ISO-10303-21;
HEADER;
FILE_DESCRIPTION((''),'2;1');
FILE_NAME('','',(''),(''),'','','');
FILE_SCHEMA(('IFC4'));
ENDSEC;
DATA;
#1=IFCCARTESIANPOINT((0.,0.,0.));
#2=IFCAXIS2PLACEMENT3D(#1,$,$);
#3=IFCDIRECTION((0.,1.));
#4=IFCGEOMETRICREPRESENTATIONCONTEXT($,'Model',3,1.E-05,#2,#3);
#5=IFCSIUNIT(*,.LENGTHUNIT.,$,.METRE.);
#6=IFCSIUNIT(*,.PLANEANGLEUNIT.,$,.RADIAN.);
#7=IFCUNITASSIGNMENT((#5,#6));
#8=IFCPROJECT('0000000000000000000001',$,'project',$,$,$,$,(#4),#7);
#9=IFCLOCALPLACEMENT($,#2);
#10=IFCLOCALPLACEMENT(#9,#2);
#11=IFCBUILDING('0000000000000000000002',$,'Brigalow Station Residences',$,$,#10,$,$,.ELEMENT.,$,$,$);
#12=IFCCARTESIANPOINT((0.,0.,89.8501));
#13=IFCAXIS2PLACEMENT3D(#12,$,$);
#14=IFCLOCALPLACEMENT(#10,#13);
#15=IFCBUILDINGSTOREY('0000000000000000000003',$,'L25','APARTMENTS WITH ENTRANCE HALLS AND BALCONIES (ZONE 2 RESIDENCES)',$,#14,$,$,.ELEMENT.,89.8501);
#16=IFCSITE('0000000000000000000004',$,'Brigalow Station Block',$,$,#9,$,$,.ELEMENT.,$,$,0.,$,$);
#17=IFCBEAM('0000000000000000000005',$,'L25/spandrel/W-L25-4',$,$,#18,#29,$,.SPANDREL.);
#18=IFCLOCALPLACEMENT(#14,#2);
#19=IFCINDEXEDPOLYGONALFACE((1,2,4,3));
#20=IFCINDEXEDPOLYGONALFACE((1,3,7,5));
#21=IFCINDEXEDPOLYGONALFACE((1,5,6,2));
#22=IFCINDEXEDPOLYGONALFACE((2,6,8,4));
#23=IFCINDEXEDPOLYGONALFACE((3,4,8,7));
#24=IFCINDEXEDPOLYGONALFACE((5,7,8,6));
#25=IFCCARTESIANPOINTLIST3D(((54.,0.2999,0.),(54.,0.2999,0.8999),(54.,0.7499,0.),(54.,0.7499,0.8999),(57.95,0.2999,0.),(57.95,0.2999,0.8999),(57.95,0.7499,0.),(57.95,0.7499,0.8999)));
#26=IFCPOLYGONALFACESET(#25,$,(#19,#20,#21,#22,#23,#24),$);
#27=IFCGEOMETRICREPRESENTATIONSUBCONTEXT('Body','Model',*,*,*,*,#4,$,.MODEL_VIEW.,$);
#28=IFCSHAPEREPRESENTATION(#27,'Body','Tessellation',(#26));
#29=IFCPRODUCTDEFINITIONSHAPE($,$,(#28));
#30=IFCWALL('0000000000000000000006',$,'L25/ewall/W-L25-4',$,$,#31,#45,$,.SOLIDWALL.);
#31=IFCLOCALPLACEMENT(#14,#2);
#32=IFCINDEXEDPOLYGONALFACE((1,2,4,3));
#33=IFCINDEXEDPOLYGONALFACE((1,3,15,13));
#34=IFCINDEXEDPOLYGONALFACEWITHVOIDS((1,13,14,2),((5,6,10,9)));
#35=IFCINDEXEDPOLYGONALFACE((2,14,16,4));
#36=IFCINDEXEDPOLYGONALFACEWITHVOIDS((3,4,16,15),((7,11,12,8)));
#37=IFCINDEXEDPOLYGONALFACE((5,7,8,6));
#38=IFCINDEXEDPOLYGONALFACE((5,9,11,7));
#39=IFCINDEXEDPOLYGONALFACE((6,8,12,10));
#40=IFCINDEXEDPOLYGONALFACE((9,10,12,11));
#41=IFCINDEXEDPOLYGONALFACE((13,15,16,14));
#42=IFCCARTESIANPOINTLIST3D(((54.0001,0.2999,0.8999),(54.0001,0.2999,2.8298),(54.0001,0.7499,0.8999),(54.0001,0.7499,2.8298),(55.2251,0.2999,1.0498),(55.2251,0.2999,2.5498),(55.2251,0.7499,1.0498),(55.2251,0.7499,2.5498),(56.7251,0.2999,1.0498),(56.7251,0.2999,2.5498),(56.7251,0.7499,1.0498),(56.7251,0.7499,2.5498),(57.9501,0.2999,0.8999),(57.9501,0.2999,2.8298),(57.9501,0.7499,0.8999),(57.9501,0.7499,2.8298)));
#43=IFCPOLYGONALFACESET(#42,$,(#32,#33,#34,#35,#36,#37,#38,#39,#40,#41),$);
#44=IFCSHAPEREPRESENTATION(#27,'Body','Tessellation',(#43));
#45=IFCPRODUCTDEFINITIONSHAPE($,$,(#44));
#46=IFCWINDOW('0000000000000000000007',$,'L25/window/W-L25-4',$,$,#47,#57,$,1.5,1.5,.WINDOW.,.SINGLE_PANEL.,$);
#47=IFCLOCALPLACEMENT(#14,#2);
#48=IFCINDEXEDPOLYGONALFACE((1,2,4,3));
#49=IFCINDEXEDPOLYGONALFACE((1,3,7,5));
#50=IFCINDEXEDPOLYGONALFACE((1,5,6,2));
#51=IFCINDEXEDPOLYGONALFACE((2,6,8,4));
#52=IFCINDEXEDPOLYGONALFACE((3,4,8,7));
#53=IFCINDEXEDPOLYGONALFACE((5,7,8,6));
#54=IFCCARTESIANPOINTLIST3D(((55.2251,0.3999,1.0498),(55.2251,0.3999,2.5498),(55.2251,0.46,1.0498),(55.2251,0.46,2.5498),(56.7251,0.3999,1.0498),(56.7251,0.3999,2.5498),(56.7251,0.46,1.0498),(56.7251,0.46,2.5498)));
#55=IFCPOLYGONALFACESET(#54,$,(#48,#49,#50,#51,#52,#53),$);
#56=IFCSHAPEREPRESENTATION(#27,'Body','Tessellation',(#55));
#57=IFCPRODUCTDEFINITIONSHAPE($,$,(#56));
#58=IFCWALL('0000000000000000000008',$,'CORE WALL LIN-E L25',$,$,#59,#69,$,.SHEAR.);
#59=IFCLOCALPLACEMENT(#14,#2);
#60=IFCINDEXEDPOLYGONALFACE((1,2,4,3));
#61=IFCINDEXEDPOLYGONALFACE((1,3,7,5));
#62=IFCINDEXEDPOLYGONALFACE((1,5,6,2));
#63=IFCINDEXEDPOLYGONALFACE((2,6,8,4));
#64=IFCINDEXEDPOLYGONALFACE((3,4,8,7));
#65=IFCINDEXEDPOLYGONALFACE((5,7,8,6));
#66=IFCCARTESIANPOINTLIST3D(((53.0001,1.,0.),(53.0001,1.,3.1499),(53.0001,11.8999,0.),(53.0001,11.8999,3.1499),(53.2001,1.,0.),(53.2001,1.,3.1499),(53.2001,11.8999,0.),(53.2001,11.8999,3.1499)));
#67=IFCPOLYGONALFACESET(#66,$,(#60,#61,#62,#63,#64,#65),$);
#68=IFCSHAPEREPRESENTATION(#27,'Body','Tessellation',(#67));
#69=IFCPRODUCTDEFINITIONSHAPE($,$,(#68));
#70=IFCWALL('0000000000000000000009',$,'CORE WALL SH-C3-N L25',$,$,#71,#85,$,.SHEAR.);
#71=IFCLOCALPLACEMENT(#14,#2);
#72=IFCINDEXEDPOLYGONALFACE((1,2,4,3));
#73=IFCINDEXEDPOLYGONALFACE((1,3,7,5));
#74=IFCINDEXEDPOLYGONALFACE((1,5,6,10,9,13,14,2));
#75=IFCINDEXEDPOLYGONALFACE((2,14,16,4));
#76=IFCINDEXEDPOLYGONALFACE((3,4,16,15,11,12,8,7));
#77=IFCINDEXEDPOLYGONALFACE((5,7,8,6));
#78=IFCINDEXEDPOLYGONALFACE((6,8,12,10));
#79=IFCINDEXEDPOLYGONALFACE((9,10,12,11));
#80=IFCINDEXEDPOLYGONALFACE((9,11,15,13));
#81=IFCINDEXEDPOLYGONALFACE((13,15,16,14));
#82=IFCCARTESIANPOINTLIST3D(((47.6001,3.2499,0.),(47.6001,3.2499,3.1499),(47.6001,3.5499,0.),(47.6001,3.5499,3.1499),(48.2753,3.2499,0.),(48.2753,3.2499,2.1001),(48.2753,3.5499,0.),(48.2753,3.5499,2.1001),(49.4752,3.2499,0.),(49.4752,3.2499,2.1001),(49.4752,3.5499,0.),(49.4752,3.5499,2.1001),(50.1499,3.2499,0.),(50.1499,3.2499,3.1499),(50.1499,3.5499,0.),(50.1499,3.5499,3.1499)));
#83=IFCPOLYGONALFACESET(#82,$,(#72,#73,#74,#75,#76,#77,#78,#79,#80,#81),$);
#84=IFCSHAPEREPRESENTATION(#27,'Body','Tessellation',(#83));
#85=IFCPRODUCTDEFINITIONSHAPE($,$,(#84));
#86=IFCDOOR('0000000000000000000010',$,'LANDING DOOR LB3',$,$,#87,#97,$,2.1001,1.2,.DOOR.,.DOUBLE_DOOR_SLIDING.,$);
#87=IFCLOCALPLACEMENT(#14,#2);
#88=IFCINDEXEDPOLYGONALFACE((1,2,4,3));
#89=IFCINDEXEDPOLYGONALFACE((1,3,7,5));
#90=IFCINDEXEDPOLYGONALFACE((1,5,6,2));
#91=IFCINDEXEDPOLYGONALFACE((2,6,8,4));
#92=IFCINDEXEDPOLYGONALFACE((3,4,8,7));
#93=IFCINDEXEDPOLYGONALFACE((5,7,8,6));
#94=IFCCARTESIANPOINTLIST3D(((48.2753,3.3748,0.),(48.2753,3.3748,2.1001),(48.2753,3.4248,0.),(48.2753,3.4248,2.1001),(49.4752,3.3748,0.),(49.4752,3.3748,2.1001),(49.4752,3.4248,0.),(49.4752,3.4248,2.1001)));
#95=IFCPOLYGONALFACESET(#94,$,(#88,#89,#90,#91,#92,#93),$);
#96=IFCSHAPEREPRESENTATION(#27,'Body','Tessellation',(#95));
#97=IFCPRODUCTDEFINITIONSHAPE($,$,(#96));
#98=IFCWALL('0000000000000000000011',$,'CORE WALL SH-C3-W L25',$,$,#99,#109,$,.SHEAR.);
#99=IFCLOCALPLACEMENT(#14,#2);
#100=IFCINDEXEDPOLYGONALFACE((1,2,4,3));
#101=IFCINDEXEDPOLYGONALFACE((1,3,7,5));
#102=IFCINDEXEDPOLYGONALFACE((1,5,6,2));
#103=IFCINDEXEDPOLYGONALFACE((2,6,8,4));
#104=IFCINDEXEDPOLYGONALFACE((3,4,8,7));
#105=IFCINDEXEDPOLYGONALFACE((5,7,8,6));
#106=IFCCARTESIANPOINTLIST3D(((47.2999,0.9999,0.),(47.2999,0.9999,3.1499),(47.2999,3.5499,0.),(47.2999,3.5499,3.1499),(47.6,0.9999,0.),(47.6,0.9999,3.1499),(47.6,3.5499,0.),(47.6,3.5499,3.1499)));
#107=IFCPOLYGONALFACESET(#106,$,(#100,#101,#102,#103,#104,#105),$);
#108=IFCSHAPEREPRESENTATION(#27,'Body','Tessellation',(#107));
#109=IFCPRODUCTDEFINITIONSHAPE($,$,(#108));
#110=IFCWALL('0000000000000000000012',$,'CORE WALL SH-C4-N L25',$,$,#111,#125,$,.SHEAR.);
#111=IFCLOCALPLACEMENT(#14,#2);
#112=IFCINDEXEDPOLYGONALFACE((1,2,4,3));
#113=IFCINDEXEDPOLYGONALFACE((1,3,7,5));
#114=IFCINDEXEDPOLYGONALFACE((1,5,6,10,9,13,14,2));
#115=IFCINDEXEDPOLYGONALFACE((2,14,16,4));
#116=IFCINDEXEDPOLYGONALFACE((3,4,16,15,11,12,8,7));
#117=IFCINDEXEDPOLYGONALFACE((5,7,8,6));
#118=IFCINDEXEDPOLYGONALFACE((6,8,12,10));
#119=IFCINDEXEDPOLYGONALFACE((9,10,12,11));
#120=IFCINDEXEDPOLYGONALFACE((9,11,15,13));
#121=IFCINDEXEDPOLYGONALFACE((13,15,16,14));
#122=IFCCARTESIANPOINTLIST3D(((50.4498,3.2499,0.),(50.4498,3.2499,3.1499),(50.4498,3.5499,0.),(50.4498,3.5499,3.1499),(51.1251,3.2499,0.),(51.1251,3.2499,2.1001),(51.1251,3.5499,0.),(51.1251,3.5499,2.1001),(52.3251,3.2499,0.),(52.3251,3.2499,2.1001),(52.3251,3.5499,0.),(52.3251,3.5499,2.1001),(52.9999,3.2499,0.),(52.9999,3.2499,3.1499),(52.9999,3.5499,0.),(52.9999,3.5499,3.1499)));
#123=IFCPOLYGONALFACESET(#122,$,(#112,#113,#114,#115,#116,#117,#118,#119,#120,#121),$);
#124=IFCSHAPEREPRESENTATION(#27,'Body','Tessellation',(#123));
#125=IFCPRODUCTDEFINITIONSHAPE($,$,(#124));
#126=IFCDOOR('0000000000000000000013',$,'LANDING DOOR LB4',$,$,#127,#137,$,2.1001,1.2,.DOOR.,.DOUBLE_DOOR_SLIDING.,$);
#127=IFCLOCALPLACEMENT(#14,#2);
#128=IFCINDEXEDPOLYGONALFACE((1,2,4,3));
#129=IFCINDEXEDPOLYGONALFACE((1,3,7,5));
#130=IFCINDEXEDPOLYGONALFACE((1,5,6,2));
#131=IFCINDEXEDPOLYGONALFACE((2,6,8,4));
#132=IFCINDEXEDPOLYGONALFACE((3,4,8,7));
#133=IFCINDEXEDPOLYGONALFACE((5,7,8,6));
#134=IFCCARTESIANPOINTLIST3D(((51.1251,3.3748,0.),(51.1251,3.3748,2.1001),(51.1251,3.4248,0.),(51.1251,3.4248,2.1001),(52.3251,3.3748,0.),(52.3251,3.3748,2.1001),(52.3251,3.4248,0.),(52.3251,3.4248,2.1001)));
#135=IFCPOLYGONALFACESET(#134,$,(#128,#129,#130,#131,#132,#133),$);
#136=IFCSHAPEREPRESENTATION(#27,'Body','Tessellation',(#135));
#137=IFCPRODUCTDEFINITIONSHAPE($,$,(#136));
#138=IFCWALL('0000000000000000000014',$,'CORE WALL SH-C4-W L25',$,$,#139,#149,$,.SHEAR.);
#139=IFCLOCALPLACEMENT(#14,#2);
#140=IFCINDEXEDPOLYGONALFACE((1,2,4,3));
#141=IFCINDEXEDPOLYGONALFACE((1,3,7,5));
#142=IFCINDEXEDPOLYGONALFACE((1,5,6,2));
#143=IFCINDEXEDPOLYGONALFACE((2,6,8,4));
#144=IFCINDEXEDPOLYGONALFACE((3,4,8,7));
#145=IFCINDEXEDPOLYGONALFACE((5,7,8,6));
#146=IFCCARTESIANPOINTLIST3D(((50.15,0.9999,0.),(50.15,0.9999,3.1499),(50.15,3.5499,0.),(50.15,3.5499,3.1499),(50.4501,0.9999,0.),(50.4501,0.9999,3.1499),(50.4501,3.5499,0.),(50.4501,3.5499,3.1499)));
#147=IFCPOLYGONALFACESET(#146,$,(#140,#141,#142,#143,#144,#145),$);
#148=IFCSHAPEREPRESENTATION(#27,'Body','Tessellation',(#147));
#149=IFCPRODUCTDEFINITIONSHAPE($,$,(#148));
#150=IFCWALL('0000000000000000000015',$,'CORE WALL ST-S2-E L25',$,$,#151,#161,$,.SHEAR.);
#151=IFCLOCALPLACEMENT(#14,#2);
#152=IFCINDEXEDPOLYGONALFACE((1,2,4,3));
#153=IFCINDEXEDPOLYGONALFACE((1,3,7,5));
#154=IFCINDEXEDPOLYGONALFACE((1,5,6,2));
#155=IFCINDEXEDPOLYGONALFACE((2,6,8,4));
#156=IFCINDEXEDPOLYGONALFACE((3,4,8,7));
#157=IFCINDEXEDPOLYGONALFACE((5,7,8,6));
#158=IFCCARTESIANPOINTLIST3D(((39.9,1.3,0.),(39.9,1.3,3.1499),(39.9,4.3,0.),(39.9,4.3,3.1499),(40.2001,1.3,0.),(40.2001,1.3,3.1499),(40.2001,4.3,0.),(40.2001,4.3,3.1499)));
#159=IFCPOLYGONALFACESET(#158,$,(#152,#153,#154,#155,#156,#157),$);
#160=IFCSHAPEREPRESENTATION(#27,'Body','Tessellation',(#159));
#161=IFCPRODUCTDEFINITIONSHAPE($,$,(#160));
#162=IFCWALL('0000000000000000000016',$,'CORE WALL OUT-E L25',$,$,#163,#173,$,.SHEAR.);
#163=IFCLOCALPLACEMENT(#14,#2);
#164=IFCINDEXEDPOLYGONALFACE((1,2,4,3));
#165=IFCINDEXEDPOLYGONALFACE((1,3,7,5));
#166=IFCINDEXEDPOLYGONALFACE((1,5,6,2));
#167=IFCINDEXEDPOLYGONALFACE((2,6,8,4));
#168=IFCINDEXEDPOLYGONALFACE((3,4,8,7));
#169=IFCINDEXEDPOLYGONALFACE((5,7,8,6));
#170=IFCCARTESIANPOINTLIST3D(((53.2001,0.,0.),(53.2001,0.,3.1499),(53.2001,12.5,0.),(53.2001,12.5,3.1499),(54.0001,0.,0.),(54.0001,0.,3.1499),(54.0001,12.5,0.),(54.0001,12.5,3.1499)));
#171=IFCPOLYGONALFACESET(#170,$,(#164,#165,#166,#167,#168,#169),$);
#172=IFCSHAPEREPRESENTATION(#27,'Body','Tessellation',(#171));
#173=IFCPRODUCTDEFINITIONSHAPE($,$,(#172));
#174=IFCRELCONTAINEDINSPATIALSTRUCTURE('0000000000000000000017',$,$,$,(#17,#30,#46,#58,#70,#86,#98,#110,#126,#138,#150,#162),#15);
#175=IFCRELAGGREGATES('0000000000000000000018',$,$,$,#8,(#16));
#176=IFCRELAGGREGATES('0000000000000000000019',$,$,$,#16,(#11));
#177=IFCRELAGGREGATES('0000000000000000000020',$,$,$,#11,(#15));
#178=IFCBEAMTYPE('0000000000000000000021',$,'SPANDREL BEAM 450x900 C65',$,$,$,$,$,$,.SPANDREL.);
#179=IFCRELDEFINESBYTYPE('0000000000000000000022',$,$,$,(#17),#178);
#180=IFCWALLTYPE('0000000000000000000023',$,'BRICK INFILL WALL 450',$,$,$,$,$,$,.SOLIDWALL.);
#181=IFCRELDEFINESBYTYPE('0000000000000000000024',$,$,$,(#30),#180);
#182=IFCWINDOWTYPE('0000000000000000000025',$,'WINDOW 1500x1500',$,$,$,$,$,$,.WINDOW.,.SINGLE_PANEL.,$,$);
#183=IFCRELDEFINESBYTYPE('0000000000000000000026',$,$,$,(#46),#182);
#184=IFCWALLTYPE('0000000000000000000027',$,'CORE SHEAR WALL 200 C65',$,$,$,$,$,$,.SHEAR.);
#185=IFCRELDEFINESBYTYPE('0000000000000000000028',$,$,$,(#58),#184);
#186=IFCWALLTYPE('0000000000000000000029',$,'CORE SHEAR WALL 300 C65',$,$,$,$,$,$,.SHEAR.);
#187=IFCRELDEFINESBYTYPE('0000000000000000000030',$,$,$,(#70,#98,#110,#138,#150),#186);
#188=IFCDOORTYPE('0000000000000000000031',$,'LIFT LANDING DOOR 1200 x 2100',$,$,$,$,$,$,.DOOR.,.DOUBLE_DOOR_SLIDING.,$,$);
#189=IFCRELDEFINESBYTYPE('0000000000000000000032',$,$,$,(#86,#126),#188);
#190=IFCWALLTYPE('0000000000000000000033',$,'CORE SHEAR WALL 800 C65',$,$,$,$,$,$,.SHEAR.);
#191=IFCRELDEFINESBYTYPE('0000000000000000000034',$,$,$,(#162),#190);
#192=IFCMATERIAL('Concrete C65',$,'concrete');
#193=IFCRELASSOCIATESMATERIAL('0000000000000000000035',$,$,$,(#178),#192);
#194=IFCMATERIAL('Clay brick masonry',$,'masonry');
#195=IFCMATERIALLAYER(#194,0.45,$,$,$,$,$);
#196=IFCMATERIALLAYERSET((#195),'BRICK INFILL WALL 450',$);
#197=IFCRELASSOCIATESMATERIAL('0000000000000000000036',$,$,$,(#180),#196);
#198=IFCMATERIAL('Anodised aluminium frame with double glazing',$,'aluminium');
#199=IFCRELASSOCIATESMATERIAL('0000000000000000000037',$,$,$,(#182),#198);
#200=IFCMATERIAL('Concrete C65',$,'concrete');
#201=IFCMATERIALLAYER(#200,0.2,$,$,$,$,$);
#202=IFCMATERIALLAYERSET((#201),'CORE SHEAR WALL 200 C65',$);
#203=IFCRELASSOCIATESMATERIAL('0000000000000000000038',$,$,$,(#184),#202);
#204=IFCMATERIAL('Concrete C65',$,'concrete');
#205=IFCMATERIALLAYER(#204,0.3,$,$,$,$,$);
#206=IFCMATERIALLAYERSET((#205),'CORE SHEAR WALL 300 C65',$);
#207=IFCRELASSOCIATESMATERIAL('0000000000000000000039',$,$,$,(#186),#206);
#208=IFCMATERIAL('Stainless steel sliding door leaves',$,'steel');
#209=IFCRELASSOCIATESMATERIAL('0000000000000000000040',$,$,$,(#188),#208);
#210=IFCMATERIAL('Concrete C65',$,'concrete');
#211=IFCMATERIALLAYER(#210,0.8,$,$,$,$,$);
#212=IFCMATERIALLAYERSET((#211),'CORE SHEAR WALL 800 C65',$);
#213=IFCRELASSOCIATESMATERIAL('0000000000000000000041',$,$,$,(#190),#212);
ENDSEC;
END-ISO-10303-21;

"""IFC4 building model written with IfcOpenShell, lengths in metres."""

from ifc_helpers import new_model, si_unit, direction, frame, frame_2d, origin, origin_2d, place, context, subcontext, project, spatial, rectangle, extrude, material, layer, layer_set, material_profile, profile_set, type_object, element, fill, save


model = new_model("IFC4")

# Units and contexts
model_context = context("Model", 3, precision=1e-05, world=origin(), true_north=direction((0.0, 1.0)))
body_context = subcontext(model_context, "Body", "Model", "MODEL_VIEW")
ifc_project = project(units=[si_unit("LENGTHUNIT", "METRE"), si_unit("PLANEANGLEUNIT", "RADIAN")], contexts=[model_context])

# Site, building, storey
site_placement = place(None, origin())
site = spatial("IfcSite", under=ifc_project, at=site_placement, Name="Brigalow Station Block", CompositionType="ELEMENT", RefElevation=0.0)
building_placement = place(site_placement, origin())
building = spatial("IfcBuilding", under=site, at=building_placement, Name="Brigalow Station Residences", CompositionType="ELEMENT")
storey_placement = place(building_placement, frame((0.0, 0.0, 89.8501)))
storey = spatial("IfcBuildingStorey", under=building, at=storey_placement, Name="L25", Description="APARTMENTS WITH ENTRANCE HALLS AND BALCONIES (ZONE 2 RESIDENCES)", CompositionType="ELEMENT", Elevation=89.8501)

# Beam
ifc_material_1 = material(Name="Concrete C65", Category="concrete")
ifc_material_profile = material_profile(ifc_material_1, rectangle(XDim=0.45, YDim=0.8999, at=origin_2d()), Name="RC450x900")
ifc_profile_set = profile_set([ifc_material_profile], Name="Concrete C65")
beam_type = type_object("IfcBeamType", Name="SPANDREL BEAM 450x900 C65", PredefinedType="SPANDREL", material=ifc_profile_set)
beam_placement = place(storey_placement, frame((54.0, 0.5249, 0.45), z_axis=(1.0, 0.0, 0.0), x_axis=(0.0, 1.0, 0.0)))
element("IfcBeam", 1, at=beam_placement, inside=storey, type_object=beam_type, Name="L25/spandrel/W-L25-4", PredefinedType="SPANDREL", context=body_context, shape_type="SweptSolid", body=[
    extrude(rectangle(XDim=0.45, YDim=0.8999, at=origin_2d()), origin(), (0.0, 0.0, 1.0), 3.95),
])

# Wall, opening, window
ifc_material_2 = material(Name="Clay brick masonry", Category="masonry")
ifc_layer_1 = layer(ifc_material_2, 0.45)
ifc_layer_set_1 = layer_set([ifc_layer_1], Name="BRICK INFILL WALL 450")
wall_type_1 = type_object("IfcWallType", Name="BRICK INFILL WALL 450", PredefinedType="SOLIDWALL", material=ifc_layer_set_1)
wall_1_placement = place(storey_placement, frame((54.0, 0.5249, 0.8999), z_axis=(0.0, 0.0, 1.0), x_axis=(1.0, 0.0, 0.0)))
wall_1 = element("IfcWall", 2, at=wall_1_placement, inside=storey, type_object=wall_type_1, Name="L25/ewall/W-L25-4", PredefinedType="SOLIDWALL", context=body_context, shape_type="SweptSolid", body=[
    extrude(rectangle(XDim=3.95, YDim=0.45, at=frame_2d((1.9751, 0.0))), origin(), (0.0, 0.0, 1.0), 1.9299),
])
opening_1_placement = place(wall_1_placement, frame((1.2251, 0.0, 0.1499)))
opening_1 = element("IfcOpeningElement", 3, at=opening_1_placement, cuts=wall_1, PredefinedType="OPENING", context=body_context, shape_type="SweptSolid", body=[
    extrude(rectangle(XDim=1.5, YDim=1.5, at=frame_2d((0.75, 0.75))), frame((0.0, 0.2349, 0.0), z_axis=(0.0, -1.0, 0.0), x_axis=(1.0, 0.0, 0.0)), (0.0, 0.0, 1.0), 0.47),
])
ifc_material_3 = material(Name="Anodised aluminium frame with double glazing", Category="aluminium")
window_type = type_object("IfcWindowType", Name="WINDOW 1500x1500", PartitioningType="SINGLE_PANEL", PredefinedType="WINDOW", material=ifc_material_3)
window_placement = place(opening_1_placement, origin())
window = element("IfcWindow", 4, at=window_placement, inside=storey, type_object=window_type, Name="L25/window/W-L25-4", OverallHeight=1.5, OverallWidth=1.5, PartitioningType="SINGLE_PANEL", PredefinedType="WINDOW", context=body_context, shape_type="SweptSolid", body=[
    extrude(rectangle(XDim=1.5, YDim=1.5, at=frame_2d((0.75, 0.75))), frame((0.0, -0.0649, 0.0), z_axis=(0.0, -1.0, 0.0), x_axis=(1.0, 0.0, 0.0)), (0.0, 0.0, 1.0), 0.0601),
])
fill(opening_1, window)

# Wall
ifc_material_4 = material(Name="Concrete C65", Category="concrete")
ifc_layer_2 = layer(ifc_material_4, 0.2)
ifc_layer_set_2 = layer_set([ifc_layer_2], Name="CORE SHEAR WALL 200 C65")
wall_type_2 = type_object("IfcWallType", Name="CORE SHEAR WALL 200 C65", PredefinedType="SHEAR", material=ifc_layer_set_2)
wall_2_placement = place(storey_placement, frame((53.1001, 1.0, 0.0), z_axis=(0.0, 0.0, 1.0), x_axis=(0.0, 1.0, 0.0)))
element("IfcWall", 5, at=wall_2_placement, inside=storey, type_object=wall_type_2, Name="CORE WALL LIN-E L25", PredefinedType="SHEAR", context=body_context, shape_type="SweptSolid", body=[
    extrude(rectangle(XDim=10.8999, YDim=0.2, at=frame_2d((5.45, 0.0))), origin(), (0.0, 0.0, 1.0), 3.1499),
])

# Wall, opening, door
ifc_material_5 = material(Name="Concrete C65", Category="concrete")
ifc_layer_3 = layer(ifc_material_5, 0.3)
ifc_layer_set_3 = layer_set([ifc_layer_3], Name="CORE SHEAR WALL 300 C65")
wall_type_3 = type_object("IfcWallType", Name="CORE SHEAR WALL 300 C65", PredefinedType="SHEAR", material=ifc_layer_set_3)
wall_3_placement = place(storey_placement, frame((47.6001, 3.3999, 0.0), z_axis=(0.0, 0.0, 1.0), x_axis=(1.0, 0.0, 0.0)))
wall_3 = element("IfcWall", 6, at=wall_3_placement, inside=storey, type_object=wall_type_3, Name="CORE WALL SH-C3-N L25", PredefinedType="SHEAR", context=body_context, shape_type="SweptSolid", body=[
    extrude(rectangle(XDim=2.5498, YDim=0.3, at=frame_2d((1.2749, 0.0))), origin(), (0.0, 0.0, 1.0), 3.1499),
])
opening_2_placement = place(wall_3_placement, frame((0.675, 0.0, 0.0)))
opening_2 = element("IfcOpeningElement", 7, at=opening_2_placement, cuts=wall_3, PredefinedType="OPENING", context=body_context, shape_type="SweptSolid", body=[
    extrude(rectangle(XDim=1.2, YDim=2.1001, at=frame_2d((0.6001, 1.05))), frame((0.0, 0.1602, 0.0), z_axis=(0.0, -1.0, 0.0), x_axis=(1.0, 0.0, 0.0)), (0.0, 0.0, 1.0), 0.3201),
])
ifc_material_6 = material(Name="Stainless steel sliding door leaves", Category="steel")
door_type_1 = type_object("IfcDoorType", Name="LIFT LANDING DOOR 1200 x 2100", OperationType="DOUBLE_DOOR_SLIDING", PredefinedType="DOOR", material=ifc_material_6)
door_1_placement = place(opening_2_placement, origin())
door_1 = element("IfcDoor", 8, at=door_1_placement, inside=storey, type_object=door_type_1, Name="LANDING DOOR LB3", OperationType="DOUBLE_DOOR_SLIDING", OverallHeight=2.1001, OverallWidth=1.2, PredefinedType="DOOR", context=body_context, shape_type="SweptSolid", body=[
    extrude(rectangle(XDim=1.2, YDim=2.1001, at=frame_2d((0.6001, 1.05))), frame((0.0, 0.0249, 0.0), z_axis=(0.0, -1.0, 0.0), x_axis=(1.0, 0.0, 0.0)), (0.0, 0.0, 1.0), 0.05),
])
fill(opening_2, door_1)

# Wall
wall_4_placement = place(storey_placement, frame((47.45, 1.0, 0.0), z_axis=(0.0, 0.0, 1.0), x_axis=(0.0, 1.0, 0.0)))
element("IfcWall", 9, at=wall_4_placement, inside=storey, type_object=wall_type_3, Name="CORE WALL SH-C3-W L25", PredefinedType="SHEAR", context=body_context, shape_type="SweptSolid", body=[
    extrude(rectangle(XDim=2.55, YDim=0.3, at=frame_2d((1.2749, 0.0))), origin(), (0.0, 0.0, 1.0), 3.1499),
])

# Wall, opening, door
wall_5_placement = place(storey_placement, frame((50.45, 3.3999, 0.0), z_axis=(0.0, 0.0, 1.0), x_axis=(1.0, 0.0, 0.0)))
wall_5 = element("IfcWall", 10, at=wall_5_placement, inside=storey, type_object=wall_type_3, Name="CORE WALL SH-C4-N L25", PredefinedType="SHEAR", context=body_context, shape_type="SweptSolid", body=[
    extrude(rectangle(XDim=2.55, YDim=0.3, at=frame_2d((1.2749, 0.0))), origin(), (0.0, 0.0, 1.0), 3.1499),
])
opening_3_placement = place(wall_5_placement, frame((0.675, 0.0, 0.0)))
opening_3 = element("IfcOpeningElement", 11, at=opening_3_placement, cuts=wall_5, PredefinedType="OPENING", context=body_context, shape_type="SweptSolid", body=[
    extrude(rectangle(XDim=1.2, YDim=2.1001, at=frame_2d((0.6001, 1.05))), frame((0.0, 0.1602, 0.0), z_axis=(0.0, -1.0, 0.0), x_axis=(1.0, 0.0, 0.0)), (0.0, 0.0, 1.0), 0.3201),
])
door_2_placement = place(opening_3_placement, origin())
door_2 = element("IfcDoor", 12, at=door_2_placement, inside=storey, type_object=door_type_1, Name="LANDING DOOR LB4", OperationType="DOUBLE_DOOR_SLIDING", OverallHeight=2.1001, OverallWidth=1.2, PredefinedType="DOOR", context=body_context, shape_type="SweptSolid", body=[
    extrude(rectangle(XDim=1.2, YDim=2.1001, at=frame_2d((0.6001, 1.05))), frame((0.0, 0.0249, 0.0), z_axis=(0.0, -1.0, 0.0), x_axis=(1.0, 0.0, 0.0)), (0.0, 0.0, 1.0), 0.05),
])
fill(opening_3, door_2)

# Walls
wall_6_placement = place(storey_placement, frame((50.3, 1.0, 0.0), z_axis=(0.0, 0.0, 1.0), x_axis=(0.0, 1.0, 0.0)))
element("IfcWall", 13, at=wall_6_placement, inside=storey, type_object=wall_type_3, Name="CORE WALL SH-C4-W L25", PredefinedType="SHEAR", context=body_context, shape_type="SweptSolid", body=[
    extrude(rectangle(XDim=2.55, YDim=0.3, at=frame_2d((1.2749, 0.0))), origin(), (0.0, 0.0, 1.0), 3.1499),
])
wall_7_placement = place(storey_placement, frame((40.05, 1.3, 0.0), z_axis=(0.0, 0.0, 1.0), x_axis=(0.0, 1.0, 0.0)))
element("IfcWall", 14, at=wall_7_placement, inside=storey, type_object=wall_type_3, Name="CORE WALL ST-S2-E L25", PredefinedType="SHEAR", context=body_context, shape_type="SweptSolid", body=[
    extrude(rectangle(XDim=3.0, YDim=0.3, at=frame_2d((1.5, 0.0))), origin(), (0.0, 0.0, 1.0), 3.1499),
])
ifc_material_7 = material(Name="Concrete C65", Category="concrete")
ifc_layer_4 = layer(ifc_material_7, 0.8)
ifc_layer_set_4 = layer_set([ifc_layer_4], Name="CORE SHEAR WALL 800 C65")
wall_type_4 = type_object("IfcWallType", Name="CORE SHEAR WALL 800 C65", PredefinedType="SHEAR", material=ifc_layer_set_4)
wall_8_placement = place(storey_placement, frame((53.6001, 0.0, 0.0), z_axis=(0.0, 0.0, 1.0), x_axis=(0.0, 1.0, 0.0)))
element("IfcWall", 15, at=wall_8_placement, inside=storey, type_object=wall_type_4, Name="CORE WALL OUT-E L25", PredefinedType="SHEAR", context=body_context, shape_type="SweptSolid", body=[
    extrude(rectangle(XDim=12.5, YDim=0.8, at=frame_2d((6.25, 0.0))), origin(), (0.0, 0.0, 1.0), 3.1499),
])

save(model, "model.ifc")
